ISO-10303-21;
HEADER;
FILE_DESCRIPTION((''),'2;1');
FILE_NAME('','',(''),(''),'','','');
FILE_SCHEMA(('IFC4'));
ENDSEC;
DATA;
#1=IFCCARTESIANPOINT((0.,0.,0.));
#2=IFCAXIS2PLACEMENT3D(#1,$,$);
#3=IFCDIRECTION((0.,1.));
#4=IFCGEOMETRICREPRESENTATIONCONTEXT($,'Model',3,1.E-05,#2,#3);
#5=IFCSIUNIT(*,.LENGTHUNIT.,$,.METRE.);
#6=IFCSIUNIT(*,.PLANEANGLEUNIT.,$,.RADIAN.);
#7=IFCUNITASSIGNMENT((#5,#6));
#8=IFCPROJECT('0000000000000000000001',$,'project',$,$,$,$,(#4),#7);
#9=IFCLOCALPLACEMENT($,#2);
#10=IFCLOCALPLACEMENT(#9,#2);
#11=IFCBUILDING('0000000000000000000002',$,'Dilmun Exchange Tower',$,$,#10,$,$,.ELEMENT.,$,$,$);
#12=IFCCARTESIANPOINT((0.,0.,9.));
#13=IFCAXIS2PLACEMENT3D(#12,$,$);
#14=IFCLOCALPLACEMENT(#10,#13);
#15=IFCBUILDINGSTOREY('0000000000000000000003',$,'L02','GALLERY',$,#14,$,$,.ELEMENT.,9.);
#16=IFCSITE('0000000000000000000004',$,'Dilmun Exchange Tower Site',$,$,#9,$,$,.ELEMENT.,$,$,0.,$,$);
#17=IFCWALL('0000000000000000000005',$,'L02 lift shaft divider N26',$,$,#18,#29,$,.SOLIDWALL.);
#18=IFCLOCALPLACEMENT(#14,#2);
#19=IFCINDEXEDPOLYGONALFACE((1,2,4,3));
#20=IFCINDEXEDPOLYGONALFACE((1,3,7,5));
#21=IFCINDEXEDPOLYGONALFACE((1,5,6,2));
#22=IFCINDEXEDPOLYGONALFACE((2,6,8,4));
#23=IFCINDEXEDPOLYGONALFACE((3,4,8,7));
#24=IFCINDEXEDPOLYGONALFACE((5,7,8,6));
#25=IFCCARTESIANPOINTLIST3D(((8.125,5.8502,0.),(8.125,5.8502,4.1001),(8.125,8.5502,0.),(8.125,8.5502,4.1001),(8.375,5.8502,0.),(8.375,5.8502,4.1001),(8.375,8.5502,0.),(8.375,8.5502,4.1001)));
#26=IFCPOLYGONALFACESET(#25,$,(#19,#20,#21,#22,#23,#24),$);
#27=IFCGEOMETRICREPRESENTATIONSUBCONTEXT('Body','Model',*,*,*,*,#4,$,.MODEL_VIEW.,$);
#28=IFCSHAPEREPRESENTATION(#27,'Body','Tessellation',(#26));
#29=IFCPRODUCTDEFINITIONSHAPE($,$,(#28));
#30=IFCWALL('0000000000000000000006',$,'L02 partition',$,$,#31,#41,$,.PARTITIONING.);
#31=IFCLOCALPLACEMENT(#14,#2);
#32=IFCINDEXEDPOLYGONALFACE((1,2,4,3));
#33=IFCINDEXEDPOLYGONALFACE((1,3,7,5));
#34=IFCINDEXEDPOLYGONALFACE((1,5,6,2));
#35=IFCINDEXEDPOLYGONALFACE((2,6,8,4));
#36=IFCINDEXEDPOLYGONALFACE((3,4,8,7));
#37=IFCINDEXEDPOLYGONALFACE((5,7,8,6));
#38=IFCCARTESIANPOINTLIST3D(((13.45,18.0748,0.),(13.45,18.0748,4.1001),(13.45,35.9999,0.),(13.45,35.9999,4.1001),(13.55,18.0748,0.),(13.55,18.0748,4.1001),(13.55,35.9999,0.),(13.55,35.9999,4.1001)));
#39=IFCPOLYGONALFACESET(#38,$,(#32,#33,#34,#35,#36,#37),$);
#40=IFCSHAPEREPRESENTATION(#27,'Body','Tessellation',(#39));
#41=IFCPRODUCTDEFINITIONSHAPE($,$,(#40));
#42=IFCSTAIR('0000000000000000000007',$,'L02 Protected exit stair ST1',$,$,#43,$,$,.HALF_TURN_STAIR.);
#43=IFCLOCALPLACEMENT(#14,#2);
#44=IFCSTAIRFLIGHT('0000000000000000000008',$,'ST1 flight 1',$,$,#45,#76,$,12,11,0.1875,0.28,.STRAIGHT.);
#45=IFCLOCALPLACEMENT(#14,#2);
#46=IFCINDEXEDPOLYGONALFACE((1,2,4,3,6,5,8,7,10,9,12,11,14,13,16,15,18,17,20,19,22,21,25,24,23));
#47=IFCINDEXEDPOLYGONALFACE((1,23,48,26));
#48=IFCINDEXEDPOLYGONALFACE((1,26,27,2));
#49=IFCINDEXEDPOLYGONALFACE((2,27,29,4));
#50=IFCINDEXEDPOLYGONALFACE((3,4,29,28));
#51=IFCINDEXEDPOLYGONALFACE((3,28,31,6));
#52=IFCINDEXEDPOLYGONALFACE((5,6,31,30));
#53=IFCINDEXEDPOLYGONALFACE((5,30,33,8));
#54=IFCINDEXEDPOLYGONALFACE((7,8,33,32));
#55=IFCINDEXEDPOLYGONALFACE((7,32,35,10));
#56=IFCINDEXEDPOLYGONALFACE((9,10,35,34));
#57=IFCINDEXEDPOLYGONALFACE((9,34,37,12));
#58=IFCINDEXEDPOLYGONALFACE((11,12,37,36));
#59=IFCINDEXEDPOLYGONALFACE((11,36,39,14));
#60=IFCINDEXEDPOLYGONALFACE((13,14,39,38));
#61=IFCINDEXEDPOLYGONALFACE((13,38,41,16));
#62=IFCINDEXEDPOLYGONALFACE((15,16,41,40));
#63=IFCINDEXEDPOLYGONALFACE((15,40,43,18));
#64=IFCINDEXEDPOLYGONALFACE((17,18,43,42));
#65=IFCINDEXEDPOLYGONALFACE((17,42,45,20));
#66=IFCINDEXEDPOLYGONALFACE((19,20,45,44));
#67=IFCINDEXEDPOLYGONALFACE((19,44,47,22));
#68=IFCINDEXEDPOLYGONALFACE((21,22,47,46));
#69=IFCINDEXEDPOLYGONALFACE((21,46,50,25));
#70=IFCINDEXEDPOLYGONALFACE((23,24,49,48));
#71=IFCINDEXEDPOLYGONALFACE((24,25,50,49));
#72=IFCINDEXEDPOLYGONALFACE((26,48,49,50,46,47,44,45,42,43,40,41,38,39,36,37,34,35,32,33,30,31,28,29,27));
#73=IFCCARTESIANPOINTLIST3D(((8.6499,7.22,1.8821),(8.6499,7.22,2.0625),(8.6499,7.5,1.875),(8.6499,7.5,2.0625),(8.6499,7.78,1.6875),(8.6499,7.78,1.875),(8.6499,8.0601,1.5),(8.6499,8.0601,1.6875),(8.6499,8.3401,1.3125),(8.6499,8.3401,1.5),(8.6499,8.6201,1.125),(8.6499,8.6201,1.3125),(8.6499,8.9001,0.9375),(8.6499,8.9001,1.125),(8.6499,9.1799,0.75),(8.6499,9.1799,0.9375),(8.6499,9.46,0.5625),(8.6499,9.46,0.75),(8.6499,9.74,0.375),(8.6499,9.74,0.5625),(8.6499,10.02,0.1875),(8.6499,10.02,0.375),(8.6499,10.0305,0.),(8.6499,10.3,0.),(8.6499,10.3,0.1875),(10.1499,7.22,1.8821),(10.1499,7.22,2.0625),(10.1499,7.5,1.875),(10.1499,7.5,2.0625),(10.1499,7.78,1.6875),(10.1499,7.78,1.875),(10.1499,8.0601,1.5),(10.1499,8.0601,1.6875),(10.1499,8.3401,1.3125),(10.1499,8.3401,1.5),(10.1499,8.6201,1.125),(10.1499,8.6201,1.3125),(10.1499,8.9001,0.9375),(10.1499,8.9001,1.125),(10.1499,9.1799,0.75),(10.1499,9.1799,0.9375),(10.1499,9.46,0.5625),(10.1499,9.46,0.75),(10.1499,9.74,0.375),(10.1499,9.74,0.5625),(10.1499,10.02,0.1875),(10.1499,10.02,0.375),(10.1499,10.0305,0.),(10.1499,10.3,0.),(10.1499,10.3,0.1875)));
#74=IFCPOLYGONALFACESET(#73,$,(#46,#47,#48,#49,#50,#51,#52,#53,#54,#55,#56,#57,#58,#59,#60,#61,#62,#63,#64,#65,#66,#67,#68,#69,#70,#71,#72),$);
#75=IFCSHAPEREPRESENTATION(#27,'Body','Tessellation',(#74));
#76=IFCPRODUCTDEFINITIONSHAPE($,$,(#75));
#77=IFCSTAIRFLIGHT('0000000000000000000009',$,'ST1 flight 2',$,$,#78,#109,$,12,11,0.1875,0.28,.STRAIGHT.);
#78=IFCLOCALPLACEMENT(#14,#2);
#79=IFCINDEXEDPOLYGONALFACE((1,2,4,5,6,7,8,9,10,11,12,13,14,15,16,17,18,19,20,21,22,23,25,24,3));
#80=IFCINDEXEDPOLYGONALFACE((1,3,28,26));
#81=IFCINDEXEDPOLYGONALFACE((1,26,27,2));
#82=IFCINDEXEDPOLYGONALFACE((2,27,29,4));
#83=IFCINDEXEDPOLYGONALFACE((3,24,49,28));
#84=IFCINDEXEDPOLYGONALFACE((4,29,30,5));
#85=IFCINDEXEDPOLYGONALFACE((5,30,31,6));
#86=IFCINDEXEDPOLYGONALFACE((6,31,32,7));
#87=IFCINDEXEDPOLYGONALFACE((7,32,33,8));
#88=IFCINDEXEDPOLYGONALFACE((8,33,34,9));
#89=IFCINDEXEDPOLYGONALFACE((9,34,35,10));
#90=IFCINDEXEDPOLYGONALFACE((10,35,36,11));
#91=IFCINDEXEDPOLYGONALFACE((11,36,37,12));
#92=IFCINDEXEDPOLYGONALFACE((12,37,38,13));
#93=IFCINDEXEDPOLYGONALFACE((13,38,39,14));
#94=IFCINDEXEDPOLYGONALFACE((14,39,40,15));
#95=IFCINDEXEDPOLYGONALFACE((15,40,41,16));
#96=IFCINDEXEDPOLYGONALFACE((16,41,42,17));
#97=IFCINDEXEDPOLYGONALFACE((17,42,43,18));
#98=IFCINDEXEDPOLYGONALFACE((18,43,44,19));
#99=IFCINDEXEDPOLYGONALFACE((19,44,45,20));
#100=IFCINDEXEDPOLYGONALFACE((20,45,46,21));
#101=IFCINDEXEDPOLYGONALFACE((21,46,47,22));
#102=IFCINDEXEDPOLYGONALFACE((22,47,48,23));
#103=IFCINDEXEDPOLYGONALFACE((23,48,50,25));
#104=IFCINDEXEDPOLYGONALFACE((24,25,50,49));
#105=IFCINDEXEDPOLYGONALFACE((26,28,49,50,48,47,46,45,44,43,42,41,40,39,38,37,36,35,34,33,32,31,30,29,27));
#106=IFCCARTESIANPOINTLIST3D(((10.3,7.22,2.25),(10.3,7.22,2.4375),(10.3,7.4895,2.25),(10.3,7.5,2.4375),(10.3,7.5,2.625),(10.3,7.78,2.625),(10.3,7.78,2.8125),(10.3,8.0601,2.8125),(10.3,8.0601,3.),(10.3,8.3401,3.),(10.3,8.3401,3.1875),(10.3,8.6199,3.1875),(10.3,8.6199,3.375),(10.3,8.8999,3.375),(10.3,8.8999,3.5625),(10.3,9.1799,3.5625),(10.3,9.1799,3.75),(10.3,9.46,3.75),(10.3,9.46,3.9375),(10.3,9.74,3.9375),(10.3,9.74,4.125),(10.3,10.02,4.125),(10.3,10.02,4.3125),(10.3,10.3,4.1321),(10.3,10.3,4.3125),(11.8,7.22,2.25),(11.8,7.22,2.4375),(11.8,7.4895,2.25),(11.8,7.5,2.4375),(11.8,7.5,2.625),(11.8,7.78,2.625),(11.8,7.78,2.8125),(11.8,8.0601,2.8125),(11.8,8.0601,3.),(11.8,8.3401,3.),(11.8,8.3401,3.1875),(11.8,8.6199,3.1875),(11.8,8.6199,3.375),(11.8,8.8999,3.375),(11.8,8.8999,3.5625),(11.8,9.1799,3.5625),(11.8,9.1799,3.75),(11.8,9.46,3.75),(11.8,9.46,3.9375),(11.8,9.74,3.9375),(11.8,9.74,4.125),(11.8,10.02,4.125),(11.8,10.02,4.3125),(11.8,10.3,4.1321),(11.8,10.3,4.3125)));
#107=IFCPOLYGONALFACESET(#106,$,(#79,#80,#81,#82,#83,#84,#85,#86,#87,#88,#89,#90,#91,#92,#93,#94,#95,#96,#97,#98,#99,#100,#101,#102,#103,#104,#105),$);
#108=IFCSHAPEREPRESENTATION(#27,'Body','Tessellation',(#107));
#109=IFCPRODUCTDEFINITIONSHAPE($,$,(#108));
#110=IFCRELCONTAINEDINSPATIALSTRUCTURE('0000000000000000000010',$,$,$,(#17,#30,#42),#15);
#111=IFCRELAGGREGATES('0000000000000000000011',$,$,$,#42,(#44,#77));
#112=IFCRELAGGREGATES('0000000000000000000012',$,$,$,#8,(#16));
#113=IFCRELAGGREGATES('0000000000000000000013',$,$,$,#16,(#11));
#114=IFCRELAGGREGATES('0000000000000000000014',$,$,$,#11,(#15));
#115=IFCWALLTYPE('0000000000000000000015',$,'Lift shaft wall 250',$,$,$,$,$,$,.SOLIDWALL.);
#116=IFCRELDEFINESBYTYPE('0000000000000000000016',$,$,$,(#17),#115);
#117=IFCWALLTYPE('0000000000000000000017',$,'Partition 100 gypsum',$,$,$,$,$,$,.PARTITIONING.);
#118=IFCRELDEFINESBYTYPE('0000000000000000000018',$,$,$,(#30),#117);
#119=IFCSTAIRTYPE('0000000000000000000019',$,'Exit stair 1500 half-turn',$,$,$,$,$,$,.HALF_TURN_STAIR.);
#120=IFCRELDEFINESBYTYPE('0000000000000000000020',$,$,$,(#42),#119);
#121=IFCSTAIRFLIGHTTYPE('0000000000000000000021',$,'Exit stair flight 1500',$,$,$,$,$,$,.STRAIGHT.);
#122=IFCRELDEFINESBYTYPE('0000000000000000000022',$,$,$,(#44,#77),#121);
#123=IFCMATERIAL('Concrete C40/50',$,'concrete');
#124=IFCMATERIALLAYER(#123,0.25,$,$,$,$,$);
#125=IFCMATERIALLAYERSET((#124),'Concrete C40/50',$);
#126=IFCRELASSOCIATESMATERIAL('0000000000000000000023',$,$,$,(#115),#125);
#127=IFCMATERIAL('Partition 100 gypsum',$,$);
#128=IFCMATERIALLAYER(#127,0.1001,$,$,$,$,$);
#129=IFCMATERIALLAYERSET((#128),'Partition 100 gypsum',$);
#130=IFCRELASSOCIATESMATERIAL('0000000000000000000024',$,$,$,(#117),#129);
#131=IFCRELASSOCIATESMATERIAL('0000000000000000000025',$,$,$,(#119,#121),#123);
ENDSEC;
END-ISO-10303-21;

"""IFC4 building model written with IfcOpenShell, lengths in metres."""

from ifc_helpers import new_model, si_unit, direction, frame, frame_2d, origin, place, context, subcontext, project, spatial, polyline, rectangle, outline, extrude, material, layer, layer_set, type_object, element, aggregate, save


model = new_model("IFC4")

# Units and contexts
model_context = context("Model", 3, precision=1e-05, world=origin(), true_north=direction((0.0, 1.0)))
body_context = subcontext(model_context, "Body", "Model", "MODEL_VIEW")
ifc_project = project(units=[si_unit("LENGTHUNIT", "METRE"), si_unit("PLANEANGLEUNIT", "RADIAN")], contexts=[model_context])

# Site, building, storey
site_placement = place(None, origin())
site = spatial("IfcSite", under=ifc_project, at=site_placement, Name="Dilmun Exchange Tower Site", CompositionType="ELEMENT", RefElevation=0.0)
building_placement = place(site_placement, origin())
building = spatial("IfcBuilding", under=site, at=building_placement, Name="Dilmun Exchange Tower", CompositionType="ELEMENT")
storey_placement = place(building_placement, frame((0.0, 0.0, 9.0)))
storey = spatial("IfcBuildingStorey", under=building, at=storey_placement, Name="L02", Description="GALLERY", CompositionType="ELEMENT", Elevation=9.0)

# Walls
ifc_material_1 = material(Name="Concrete C40/50", Category="concrete")
ifc_layer_1 = layer(ifc_material_1, 0.25)
ifc_layer_set_1 = layer_set([ifc_layer_1], Name="Concrete C40/50")
wall_type_1 = type_object("IfcWallType", Name="Lift shaft wall 250", PredefinedType="SOLIDWALL", material=ifc_layer_set_1)
for number, where, z_axis, x_axis, name in (
    (1, (8.25, 5.8501, 0.0), (0.0, 0.0, 1.0), (0.0, 1.0, 0.0), "L02 lift shaft divider N26"),
):
    element("IfcWall", number, at=place(storey_placement, frame(where, z_axis=z_axis, x_axis=x_axis)), inside=storey, type_object=wall_type_1, Name=name, PredefinedType="SOLIDWALL", context=body_context, shape_type="SweptSolid", body=[
        extrude(rectangle(XDim=2.7, YDim=0.25, at=frame_2d((1.3501, 0.0))), origin(), (0.0, 0.0, 1.0), 4.1001),
    ])
ifc_material_2 = material(Name="Partition 100 gypsum")
ifc_layer_2 = layer(ifc_material_2, 0.1001)
ifc_layer_set_2 = layer_set([ifc_layer_2], Name="Partition 100 gypsum")
wall_type_2 = type_object("IfcWallType", Name="Partition 100 gypsum", PredefinedType="PARTITIONING", material=ifc_layer_set_2)
wall_1_placement = place(storey_placement, frame((13.5, 18.075, 0.0), z_axis=(0.0, 0.0, 1.0), x_axis=(0.0, 1.0, 0.0)))
element("IfcWall", 2, at=wall_1_placement, inside=storey, type_object=wall_type_2, Name="L02 partition", PredefinedType="PARTITIONING", context=body_context, shape_type="SweptSolid", body=[
    extrude(rectangle(XDim=17.925, YDim=0.1001, at=frame_2d((8.9624, 0.0))), origin(), (0.0, 0.0, 1.0), 4.1001),
])

# Stair, stair flights
stair_type = type_object("IfcStairType", Name="Exit stair 1500 half-turn", PredefinedType="HALF_TURN_STAIR", material=ifc_material_1)
stair_placement = place(storey_placement, origin())
stair = element("IfcStair", 3, at=stair_placement, inside=storey, type_object=stair_type, Name="L02 Protected exit stair ST1", PredefinedType="HALF_TURN_STAIR")
stair_flight_type = type_object("IfcStairFlightType", Name="Exit stair flight 1500", PredefinedType="STRAIGHT", material=ifc_material_1)
stair_flight_1_placement = place(storey_placement, frame((9.3999, 10.3, 0.0), z_axis=(0.0, 0.0, 1.0), x_axis=(0.0, -1.0, 0.0)))
stair_flight_1 = element("IfcStairFlight", 4, at=stair_flight_1_placement, type_object=stair_flight_type, Name="ST1 flight 1", NumberOfRisers=12, NumberOfTreads=11, PredefinedType="STRAIGHT", RiserHeight=0.1875, TreadLength=0.28, context=body_context, shape_type="SweptSolid", body=[
    extrude(outline(polyline([(0.0, 0.0), (0.0, 0.1875), (0.28, 0.1875), (0.28, 0.375), (0.5601, 0.375), (0.5601, 0.5625), (0.8401, 0.5625), (0.8401, 0.75), (1.1201, 0.75), (1.1201, 0.9375), (1.3999, 0.9375), (1.3999, 1.125), (1.6799, 1.125), (1.6799, 1.3125), (1.96, 1.3125), (1.96, 1.5), (2.24, 1.5), (2.24, 1.6875), (2.52, 1.6875), (2.52, 1.875), (2.8, 1.875), (2.8, 2.0625), (3.0801, 2.0625), (3.0801, 2.25), (3.0801, 1.8821), (0.2695, 0.0), (0.0, 0.0)])), frame((0.0, 0.75, 0.0), z_axis=(0.0, -1.0, 0.0), x_axis=(1.0, 0.0, 0.0)), (0.0, 0.0, 1.0), 1.5),
])
stair_flight_2_placement = place(storey_placement, frame((11.05, 7.22, 2.25), z_axis=(0.0, 0.0, 1.0), x_axis=(0.0, 1.0, 0.0)))
stair_flight_2 = element("IfcStairFlight", 5, at=stair_flight_2_placement, type_object=stair_flight_type, Name="ST1 flight 2", NumberOfRisers=12, NumberOfTreads=11, PredefinedType="STRAIGHT", RiserHeight=0.1875, TreadLength=0.28, context=body_context, shape_type="SweptSolid", body=[
    extrude(outline(polyline([(0.0, 0.0), (0.0, 0.1875), (0.28, 0.1875), (0.28, 0.375), (0.5601, 0.375), (0.5601, 0.5625), (0.8401, 0.5625), (0.8401, 0.75), (1.1201, 0.75), (1.1201, 0.9375), (1.3999, 0.9375), (1.3999, 1.125), (1.6799, 1.125), (1.6799, 1.3125), (1.96, 1.3125), (1.96, 1.5), (2.24, 1.5), (2.24, 1.6875), (2.52, 1.6875), (2.52, 1.875), (2.8, 1.875), (2.8, 2.0625), (3.0801, 2.0625), (3.0801, 2.25), (3.0801, 1.8821), (0.2695, 0.0), (0.0, 0.0)])), frame((0.0, 0.75, 0.0), z_axis=(0.0, -1.0, 0.0), x_axis=(1.0, 0.0, 0.0)), (0.0, 0.0, 1.0), 1.5),
])
aggregate(stair, [stair_flight_1, stair_flight_2])

save(model, "model.ifc")
